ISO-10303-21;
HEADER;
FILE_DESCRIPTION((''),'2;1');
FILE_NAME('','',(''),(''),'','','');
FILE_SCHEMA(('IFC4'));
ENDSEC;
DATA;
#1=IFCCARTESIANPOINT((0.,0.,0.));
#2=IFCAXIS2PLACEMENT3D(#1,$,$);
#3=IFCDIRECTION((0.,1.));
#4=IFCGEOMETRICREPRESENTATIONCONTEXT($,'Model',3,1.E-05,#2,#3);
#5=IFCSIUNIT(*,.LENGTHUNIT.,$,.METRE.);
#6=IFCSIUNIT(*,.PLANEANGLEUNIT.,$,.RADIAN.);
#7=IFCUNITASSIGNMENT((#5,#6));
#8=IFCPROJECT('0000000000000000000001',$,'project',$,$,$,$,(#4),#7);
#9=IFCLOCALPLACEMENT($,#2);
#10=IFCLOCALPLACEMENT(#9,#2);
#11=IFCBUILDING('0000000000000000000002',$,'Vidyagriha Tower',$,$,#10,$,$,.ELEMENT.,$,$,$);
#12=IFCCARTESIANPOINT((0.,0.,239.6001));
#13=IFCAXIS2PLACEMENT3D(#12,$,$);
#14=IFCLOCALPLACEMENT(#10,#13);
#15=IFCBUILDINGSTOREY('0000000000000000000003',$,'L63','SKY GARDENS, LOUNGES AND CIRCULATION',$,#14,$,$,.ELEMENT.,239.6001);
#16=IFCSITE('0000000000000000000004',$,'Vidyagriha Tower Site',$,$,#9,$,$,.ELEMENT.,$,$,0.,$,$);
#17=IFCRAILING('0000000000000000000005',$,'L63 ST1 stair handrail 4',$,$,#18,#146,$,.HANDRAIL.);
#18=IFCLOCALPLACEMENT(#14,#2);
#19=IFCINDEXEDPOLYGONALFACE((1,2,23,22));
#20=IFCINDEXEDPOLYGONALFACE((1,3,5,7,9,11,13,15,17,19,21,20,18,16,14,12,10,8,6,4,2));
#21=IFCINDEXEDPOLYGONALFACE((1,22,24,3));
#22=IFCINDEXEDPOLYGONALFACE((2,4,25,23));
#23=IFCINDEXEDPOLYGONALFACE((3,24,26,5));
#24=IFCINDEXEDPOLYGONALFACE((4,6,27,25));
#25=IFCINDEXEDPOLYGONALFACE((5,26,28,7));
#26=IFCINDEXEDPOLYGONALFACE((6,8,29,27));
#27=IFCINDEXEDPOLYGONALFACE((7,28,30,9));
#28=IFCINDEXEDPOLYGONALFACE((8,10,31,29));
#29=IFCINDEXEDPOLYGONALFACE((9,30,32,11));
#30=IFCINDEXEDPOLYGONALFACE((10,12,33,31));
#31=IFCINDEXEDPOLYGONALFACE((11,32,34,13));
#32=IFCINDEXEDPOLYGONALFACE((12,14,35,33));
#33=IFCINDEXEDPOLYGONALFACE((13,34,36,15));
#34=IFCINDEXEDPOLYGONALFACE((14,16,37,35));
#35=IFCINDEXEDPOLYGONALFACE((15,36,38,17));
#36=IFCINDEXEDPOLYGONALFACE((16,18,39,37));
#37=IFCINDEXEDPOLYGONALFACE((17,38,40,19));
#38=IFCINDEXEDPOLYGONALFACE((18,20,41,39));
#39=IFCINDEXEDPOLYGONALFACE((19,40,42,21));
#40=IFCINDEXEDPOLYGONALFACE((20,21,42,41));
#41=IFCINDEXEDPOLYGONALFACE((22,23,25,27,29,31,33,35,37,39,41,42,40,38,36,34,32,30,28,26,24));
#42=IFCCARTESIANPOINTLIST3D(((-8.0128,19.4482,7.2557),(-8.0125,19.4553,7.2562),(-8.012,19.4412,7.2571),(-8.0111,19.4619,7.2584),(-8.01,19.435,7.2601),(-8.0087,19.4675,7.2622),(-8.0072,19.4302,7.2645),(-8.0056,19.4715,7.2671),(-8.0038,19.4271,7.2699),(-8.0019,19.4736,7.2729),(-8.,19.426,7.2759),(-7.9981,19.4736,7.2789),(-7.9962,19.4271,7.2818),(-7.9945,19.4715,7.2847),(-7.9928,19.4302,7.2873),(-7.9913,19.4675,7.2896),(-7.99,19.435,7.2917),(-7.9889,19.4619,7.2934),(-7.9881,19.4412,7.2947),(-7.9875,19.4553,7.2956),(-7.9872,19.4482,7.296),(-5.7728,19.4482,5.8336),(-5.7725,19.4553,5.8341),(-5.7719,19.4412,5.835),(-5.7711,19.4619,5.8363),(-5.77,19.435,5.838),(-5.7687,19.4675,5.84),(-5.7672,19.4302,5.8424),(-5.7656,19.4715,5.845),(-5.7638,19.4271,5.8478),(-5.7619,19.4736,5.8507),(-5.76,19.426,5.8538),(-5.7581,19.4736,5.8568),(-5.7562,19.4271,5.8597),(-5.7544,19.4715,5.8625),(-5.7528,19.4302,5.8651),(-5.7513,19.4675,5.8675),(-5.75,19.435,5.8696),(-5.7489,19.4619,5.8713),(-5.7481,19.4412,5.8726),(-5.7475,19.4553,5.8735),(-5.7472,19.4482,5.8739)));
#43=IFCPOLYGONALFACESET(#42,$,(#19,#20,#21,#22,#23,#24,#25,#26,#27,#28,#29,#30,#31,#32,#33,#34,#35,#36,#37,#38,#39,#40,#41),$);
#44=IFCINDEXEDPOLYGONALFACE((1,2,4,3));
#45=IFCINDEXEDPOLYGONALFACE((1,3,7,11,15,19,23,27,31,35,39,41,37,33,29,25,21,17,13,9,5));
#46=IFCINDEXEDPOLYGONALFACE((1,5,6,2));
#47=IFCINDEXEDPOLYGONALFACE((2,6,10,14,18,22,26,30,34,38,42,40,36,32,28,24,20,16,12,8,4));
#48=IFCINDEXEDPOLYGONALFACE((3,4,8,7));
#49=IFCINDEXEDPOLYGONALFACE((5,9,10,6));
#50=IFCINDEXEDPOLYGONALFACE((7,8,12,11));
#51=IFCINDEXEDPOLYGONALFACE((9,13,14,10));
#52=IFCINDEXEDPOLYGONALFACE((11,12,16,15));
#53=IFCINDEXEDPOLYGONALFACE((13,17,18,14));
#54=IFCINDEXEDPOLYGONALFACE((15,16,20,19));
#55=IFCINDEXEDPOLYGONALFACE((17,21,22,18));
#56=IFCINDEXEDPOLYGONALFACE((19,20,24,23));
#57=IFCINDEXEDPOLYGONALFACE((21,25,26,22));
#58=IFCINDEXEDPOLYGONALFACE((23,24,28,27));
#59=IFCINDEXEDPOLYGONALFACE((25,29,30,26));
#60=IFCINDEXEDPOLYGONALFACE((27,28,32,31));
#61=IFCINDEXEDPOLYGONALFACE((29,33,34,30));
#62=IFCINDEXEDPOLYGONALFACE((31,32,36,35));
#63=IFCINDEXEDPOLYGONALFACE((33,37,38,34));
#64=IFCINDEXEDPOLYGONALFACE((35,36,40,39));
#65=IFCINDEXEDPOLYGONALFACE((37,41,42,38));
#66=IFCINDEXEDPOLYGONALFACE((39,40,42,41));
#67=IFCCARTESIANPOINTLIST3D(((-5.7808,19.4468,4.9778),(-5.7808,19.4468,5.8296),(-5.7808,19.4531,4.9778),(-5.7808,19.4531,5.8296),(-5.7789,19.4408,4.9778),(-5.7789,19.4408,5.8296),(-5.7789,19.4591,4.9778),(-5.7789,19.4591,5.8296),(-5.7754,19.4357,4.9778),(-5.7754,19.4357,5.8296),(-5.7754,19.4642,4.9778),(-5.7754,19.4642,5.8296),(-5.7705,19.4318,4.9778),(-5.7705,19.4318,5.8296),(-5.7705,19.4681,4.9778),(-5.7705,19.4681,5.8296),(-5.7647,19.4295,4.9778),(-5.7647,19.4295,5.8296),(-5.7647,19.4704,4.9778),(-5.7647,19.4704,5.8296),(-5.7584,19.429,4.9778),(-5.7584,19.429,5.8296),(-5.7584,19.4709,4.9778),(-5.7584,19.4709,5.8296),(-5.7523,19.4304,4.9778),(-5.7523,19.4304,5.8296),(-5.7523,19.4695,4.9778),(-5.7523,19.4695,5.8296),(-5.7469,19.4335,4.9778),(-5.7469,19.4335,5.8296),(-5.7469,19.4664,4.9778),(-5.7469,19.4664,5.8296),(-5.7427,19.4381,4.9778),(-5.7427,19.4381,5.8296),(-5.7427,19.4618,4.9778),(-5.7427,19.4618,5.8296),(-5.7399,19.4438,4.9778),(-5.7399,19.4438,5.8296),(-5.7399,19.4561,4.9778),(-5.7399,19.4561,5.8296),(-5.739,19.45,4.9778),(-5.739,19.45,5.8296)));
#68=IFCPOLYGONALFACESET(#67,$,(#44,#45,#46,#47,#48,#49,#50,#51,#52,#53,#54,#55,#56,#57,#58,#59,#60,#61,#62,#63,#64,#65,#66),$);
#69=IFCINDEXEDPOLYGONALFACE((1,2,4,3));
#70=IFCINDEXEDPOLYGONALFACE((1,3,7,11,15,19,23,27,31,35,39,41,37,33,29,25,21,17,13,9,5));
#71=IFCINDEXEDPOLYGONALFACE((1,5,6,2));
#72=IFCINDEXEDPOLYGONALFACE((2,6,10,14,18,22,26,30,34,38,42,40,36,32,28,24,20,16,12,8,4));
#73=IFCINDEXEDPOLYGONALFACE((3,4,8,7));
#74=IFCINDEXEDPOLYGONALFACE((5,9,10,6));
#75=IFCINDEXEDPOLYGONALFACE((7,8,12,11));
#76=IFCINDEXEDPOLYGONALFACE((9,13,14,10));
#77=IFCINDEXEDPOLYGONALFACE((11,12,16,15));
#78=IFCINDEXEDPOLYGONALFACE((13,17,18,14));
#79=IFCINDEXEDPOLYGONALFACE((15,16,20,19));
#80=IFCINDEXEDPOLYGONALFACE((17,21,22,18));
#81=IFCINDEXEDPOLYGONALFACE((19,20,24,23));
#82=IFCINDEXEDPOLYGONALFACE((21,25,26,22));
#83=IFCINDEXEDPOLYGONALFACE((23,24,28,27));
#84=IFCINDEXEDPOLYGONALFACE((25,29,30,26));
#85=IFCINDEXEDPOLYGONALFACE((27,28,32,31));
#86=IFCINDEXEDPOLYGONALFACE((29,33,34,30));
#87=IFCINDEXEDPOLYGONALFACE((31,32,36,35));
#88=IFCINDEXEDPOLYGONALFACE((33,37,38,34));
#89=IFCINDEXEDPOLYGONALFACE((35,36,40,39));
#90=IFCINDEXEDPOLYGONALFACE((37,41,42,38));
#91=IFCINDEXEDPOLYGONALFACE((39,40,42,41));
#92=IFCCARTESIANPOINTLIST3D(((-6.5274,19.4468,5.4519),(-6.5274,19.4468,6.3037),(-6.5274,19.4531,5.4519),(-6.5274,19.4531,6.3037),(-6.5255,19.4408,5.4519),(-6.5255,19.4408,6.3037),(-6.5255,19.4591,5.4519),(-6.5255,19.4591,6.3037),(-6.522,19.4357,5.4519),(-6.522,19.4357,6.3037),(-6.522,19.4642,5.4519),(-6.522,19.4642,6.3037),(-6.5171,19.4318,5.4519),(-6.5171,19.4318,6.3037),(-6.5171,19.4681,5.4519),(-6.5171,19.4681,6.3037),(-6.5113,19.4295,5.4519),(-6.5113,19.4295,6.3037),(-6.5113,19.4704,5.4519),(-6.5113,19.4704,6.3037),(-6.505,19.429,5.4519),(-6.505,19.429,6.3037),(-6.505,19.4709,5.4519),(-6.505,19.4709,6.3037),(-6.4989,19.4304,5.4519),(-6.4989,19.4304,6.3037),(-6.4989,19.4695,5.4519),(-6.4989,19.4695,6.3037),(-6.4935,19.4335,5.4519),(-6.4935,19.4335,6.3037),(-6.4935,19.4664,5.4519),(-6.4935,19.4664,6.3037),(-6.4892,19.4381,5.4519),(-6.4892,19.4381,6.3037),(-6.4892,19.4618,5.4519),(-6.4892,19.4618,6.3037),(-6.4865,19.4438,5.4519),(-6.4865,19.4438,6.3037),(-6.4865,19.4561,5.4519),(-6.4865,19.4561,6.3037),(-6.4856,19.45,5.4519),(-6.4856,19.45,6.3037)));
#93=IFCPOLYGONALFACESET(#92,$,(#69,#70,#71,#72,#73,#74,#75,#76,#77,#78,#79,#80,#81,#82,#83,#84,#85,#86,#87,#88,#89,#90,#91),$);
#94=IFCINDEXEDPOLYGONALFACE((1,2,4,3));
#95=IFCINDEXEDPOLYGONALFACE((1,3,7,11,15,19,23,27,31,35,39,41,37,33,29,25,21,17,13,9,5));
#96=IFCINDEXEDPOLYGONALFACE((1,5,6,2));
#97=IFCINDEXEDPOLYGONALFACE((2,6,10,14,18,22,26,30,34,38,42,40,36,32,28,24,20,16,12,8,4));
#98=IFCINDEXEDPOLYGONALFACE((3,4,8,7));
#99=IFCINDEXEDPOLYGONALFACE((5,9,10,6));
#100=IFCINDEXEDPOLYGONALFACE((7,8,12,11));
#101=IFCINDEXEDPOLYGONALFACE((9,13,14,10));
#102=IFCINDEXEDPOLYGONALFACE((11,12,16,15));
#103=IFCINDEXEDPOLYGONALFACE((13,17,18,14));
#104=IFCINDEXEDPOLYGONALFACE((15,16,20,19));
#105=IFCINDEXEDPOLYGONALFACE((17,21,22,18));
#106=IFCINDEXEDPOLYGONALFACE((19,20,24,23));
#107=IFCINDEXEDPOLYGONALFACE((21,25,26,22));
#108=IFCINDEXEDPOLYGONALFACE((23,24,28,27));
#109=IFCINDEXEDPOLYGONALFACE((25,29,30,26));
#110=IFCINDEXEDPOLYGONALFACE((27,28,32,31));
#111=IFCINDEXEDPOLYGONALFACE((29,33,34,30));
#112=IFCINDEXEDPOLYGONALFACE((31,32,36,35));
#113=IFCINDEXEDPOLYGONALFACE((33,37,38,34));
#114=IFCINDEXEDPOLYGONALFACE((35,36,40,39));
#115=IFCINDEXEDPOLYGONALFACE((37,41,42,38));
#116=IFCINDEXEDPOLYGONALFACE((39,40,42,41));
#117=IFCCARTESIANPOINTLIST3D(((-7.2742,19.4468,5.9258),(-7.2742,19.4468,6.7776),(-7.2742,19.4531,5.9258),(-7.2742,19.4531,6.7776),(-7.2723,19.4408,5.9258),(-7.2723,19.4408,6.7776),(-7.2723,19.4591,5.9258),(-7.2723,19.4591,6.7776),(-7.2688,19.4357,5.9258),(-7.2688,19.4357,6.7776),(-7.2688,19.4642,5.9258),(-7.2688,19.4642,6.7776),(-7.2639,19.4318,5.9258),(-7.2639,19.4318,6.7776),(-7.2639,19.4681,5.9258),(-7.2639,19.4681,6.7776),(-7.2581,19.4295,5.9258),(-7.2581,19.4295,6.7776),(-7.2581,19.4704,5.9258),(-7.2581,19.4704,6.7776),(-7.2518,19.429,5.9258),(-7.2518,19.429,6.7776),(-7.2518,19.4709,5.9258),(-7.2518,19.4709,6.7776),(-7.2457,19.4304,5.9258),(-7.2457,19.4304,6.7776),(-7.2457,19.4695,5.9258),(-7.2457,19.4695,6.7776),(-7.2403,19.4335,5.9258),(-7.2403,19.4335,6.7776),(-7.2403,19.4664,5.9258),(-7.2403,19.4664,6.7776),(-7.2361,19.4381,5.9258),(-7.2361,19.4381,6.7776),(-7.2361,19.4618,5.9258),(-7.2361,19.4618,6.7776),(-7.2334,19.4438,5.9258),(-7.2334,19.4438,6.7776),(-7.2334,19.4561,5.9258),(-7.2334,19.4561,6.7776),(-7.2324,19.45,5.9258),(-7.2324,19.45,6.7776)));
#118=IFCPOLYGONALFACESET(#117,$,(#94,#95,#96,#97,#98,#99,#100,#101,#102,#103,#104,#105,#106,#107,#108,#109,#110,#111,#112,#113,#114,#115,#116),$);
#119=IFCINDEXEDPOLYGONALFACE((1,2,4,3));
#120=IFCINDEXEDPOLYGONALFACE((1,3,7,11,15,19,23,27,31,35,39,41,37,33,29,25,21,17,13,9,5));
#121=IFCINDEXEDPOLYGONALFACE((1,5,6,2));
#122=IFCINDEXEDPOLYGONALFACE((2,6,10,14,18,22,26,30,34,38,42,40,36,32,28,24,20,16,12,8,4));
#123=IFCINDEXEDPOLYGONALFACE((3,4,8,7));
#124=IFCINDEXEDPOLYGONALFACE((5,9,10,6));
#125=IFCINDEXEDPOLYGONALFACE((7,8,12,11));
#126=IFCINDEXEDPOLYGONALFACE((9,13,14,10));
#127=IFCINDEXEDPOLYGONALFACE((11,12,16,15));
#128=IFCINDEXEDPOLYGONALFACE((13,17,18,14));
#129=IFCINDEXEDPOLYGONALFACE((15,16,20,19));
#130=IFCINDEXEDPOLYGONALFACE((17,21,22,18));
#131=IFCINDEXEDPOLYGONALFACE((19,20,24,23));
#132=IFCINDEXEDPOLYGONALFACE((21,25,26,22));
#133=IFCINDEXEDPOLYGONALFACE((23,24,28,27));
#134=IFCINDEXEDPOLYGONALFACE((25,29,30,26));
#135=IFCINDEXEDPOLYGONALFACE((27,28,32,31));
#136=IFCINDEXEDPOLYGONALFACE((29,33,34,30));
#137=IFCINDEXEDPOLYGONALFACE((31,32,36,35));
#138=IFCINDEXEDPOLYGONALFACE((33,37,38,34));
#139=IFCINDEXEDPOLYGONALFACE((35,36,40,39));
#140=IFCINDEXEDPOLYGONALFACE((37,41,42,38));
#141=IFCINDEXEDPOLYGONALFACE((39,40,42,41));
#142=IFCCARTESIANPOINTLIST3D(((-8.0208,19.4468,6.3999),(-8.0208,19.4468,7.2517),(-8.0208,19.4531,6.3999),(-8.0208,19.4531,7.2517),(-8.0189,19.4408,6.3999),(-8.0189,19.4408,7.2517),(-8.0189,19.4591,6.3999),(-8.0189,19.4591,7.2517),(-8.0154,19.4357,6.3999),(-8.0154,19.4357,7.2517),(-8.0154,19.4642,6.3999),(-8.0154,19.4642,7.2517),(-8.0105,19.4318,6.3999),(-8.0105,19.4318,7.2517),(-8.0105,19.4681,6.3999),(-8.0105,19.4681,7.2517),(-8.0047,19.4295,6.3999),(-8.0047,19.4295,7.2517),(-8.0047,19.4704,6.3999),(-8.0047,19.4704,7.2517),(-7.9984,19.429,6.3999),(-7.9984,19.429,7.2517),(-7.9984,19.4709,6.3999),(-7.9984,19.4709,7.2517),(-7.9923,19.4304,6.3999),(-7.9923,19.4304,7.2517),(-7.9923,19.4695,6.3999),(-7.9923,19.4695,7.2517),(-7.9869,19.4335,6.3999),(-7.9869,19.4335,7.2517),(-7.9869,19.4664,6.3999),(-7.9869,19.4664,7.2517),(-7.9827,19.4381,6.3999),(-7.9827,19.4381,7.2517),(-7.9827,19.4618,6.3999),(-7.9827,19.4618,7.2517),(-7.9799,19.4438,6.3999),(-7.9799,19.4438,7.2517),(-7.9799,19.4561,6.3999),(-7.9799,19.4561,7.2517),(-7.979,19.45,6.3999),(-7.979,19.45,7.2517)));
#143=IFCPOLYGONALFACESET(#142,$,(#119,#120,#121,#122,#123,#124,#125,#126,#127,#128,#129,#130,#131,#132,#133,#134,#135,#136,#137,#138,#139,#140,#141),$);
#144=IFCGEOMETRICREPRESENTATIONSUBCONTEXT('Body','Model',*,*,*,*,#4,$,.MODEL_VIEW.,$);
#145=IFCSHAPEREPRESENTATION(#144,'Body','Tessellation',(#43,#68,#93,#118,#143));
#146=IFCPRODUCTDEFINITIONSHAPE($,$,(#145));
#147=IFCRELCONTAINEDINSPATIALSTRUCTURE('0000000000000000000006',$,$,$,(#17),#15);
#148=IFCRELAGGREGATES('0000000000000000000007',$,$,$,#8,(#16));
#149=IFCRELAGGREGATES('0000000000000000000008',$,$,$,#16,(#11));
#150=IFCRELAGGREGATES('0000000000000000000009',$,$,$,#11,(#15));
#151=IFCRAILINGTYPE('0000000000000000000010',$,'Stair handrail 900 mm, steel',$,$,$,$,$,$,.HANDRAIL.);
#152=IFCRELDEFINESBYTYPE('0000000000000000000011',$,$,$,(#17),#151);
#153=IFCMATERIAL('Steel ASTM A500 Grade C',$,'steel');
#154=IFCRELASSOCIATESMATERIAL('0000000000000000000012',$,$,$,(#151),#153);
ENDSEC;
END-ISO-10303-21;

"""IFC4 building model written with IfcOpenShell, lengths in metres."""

from ifc_helpers import new_model, si_unit, direction, frame, origin, origin_2d, place, context, subcontext, project, spatial, circle, extrude, material, type_object, element, save


model = new_model("IFC4")

# Units and contexts
model_context = context("Model", 3, precision=1e-05, world=origin(), true_north=direction((0.0, 1.0)))
body_context = subcontext(model_context, "Body", "Model", "MODEL_VIEW")
ifc_project = project(units=[si_unit("LENGTHUNIT", "METRE"), si_unit("PLANEANGLEUNIT", "RADIAN")], contexts=[model_context])

# Site, building, storey
site_placement = place(None, origin())
site = spatial("IfcSite", under=ifc_project, at=site_placement, Name="Vidyagriha Tower Site", CompositionType="ELEMENT", RefElevation=0.0)
building_placement = place(site_placement, origin())
building = spatial("IfcBuilding", under=site, at=building_placement, Name="Vidyagriha Tower", CompositionType="ELEMENT")
storey_placement = place(building_placement, frame((0.0, 0.0, 239.6001)))
storey = spatial("IfcBuildingStorey", under=building, at=storey_placement, Name="L63", Description="SKY GARDENS, LOUNGES AND CIRCULATION", CompositionType="ELEMENT", Elevation=239.6001)

# Railing
ifc_material_1 = material(Name="Steel ASTM A500 Grade C", Category="steel")
railing_type_1 = type_object("IfcRailingType", Name="Stair handrail 900 mm, steel", PredefinedType="HANDRAIL", material=ifc_material_1)
for number, where, name in (
    (1, (-5.76, 19.45, 4.9778), "L63 ST1 stair handrail 4"),
):
    element("IfcRailing", number, at=place(storey_placement, frame(where)), inside=storey, type_object=railing_type_1, Name=name, PredefinedType="HANDRAIL", context=body_context, shape_type="SweptSolid", body=[
        extrude(circle(Radius=0.0239, at=origin_2d()), frame((0.0, 0.0, 0.876), z_axis=(-0.844229, 0.0, 0.535982), x_axis=(0.0, -1.0, 0.0)), (0.0, 0.0, 1.0), 2.6533),
        extrude(circle(Radius=0.021, at=origin_2d()), origin(), (0.0, 0.0, 1.0), 0.8518),
        extrude(circle(Radius=0.021, at=origin_2d()), frame((-0.7466, 0.0, 0.4741)), (0.0, 0.0, 1.0), 0.8518),
        extrude(circle(Radius=0.021, at=origin_2d()), frame((-1.4934, 0.0, 0.948)), (0.0, 0.0, 1.0), 0.8518),
        extrude(circle(Radius=0.021, at=origin_2d()), frame((-2.24, 0.0, 1.4221)), (0.0, 0.0, 1.0), 0.8518),
    ])

save(model, "model.ifc")
